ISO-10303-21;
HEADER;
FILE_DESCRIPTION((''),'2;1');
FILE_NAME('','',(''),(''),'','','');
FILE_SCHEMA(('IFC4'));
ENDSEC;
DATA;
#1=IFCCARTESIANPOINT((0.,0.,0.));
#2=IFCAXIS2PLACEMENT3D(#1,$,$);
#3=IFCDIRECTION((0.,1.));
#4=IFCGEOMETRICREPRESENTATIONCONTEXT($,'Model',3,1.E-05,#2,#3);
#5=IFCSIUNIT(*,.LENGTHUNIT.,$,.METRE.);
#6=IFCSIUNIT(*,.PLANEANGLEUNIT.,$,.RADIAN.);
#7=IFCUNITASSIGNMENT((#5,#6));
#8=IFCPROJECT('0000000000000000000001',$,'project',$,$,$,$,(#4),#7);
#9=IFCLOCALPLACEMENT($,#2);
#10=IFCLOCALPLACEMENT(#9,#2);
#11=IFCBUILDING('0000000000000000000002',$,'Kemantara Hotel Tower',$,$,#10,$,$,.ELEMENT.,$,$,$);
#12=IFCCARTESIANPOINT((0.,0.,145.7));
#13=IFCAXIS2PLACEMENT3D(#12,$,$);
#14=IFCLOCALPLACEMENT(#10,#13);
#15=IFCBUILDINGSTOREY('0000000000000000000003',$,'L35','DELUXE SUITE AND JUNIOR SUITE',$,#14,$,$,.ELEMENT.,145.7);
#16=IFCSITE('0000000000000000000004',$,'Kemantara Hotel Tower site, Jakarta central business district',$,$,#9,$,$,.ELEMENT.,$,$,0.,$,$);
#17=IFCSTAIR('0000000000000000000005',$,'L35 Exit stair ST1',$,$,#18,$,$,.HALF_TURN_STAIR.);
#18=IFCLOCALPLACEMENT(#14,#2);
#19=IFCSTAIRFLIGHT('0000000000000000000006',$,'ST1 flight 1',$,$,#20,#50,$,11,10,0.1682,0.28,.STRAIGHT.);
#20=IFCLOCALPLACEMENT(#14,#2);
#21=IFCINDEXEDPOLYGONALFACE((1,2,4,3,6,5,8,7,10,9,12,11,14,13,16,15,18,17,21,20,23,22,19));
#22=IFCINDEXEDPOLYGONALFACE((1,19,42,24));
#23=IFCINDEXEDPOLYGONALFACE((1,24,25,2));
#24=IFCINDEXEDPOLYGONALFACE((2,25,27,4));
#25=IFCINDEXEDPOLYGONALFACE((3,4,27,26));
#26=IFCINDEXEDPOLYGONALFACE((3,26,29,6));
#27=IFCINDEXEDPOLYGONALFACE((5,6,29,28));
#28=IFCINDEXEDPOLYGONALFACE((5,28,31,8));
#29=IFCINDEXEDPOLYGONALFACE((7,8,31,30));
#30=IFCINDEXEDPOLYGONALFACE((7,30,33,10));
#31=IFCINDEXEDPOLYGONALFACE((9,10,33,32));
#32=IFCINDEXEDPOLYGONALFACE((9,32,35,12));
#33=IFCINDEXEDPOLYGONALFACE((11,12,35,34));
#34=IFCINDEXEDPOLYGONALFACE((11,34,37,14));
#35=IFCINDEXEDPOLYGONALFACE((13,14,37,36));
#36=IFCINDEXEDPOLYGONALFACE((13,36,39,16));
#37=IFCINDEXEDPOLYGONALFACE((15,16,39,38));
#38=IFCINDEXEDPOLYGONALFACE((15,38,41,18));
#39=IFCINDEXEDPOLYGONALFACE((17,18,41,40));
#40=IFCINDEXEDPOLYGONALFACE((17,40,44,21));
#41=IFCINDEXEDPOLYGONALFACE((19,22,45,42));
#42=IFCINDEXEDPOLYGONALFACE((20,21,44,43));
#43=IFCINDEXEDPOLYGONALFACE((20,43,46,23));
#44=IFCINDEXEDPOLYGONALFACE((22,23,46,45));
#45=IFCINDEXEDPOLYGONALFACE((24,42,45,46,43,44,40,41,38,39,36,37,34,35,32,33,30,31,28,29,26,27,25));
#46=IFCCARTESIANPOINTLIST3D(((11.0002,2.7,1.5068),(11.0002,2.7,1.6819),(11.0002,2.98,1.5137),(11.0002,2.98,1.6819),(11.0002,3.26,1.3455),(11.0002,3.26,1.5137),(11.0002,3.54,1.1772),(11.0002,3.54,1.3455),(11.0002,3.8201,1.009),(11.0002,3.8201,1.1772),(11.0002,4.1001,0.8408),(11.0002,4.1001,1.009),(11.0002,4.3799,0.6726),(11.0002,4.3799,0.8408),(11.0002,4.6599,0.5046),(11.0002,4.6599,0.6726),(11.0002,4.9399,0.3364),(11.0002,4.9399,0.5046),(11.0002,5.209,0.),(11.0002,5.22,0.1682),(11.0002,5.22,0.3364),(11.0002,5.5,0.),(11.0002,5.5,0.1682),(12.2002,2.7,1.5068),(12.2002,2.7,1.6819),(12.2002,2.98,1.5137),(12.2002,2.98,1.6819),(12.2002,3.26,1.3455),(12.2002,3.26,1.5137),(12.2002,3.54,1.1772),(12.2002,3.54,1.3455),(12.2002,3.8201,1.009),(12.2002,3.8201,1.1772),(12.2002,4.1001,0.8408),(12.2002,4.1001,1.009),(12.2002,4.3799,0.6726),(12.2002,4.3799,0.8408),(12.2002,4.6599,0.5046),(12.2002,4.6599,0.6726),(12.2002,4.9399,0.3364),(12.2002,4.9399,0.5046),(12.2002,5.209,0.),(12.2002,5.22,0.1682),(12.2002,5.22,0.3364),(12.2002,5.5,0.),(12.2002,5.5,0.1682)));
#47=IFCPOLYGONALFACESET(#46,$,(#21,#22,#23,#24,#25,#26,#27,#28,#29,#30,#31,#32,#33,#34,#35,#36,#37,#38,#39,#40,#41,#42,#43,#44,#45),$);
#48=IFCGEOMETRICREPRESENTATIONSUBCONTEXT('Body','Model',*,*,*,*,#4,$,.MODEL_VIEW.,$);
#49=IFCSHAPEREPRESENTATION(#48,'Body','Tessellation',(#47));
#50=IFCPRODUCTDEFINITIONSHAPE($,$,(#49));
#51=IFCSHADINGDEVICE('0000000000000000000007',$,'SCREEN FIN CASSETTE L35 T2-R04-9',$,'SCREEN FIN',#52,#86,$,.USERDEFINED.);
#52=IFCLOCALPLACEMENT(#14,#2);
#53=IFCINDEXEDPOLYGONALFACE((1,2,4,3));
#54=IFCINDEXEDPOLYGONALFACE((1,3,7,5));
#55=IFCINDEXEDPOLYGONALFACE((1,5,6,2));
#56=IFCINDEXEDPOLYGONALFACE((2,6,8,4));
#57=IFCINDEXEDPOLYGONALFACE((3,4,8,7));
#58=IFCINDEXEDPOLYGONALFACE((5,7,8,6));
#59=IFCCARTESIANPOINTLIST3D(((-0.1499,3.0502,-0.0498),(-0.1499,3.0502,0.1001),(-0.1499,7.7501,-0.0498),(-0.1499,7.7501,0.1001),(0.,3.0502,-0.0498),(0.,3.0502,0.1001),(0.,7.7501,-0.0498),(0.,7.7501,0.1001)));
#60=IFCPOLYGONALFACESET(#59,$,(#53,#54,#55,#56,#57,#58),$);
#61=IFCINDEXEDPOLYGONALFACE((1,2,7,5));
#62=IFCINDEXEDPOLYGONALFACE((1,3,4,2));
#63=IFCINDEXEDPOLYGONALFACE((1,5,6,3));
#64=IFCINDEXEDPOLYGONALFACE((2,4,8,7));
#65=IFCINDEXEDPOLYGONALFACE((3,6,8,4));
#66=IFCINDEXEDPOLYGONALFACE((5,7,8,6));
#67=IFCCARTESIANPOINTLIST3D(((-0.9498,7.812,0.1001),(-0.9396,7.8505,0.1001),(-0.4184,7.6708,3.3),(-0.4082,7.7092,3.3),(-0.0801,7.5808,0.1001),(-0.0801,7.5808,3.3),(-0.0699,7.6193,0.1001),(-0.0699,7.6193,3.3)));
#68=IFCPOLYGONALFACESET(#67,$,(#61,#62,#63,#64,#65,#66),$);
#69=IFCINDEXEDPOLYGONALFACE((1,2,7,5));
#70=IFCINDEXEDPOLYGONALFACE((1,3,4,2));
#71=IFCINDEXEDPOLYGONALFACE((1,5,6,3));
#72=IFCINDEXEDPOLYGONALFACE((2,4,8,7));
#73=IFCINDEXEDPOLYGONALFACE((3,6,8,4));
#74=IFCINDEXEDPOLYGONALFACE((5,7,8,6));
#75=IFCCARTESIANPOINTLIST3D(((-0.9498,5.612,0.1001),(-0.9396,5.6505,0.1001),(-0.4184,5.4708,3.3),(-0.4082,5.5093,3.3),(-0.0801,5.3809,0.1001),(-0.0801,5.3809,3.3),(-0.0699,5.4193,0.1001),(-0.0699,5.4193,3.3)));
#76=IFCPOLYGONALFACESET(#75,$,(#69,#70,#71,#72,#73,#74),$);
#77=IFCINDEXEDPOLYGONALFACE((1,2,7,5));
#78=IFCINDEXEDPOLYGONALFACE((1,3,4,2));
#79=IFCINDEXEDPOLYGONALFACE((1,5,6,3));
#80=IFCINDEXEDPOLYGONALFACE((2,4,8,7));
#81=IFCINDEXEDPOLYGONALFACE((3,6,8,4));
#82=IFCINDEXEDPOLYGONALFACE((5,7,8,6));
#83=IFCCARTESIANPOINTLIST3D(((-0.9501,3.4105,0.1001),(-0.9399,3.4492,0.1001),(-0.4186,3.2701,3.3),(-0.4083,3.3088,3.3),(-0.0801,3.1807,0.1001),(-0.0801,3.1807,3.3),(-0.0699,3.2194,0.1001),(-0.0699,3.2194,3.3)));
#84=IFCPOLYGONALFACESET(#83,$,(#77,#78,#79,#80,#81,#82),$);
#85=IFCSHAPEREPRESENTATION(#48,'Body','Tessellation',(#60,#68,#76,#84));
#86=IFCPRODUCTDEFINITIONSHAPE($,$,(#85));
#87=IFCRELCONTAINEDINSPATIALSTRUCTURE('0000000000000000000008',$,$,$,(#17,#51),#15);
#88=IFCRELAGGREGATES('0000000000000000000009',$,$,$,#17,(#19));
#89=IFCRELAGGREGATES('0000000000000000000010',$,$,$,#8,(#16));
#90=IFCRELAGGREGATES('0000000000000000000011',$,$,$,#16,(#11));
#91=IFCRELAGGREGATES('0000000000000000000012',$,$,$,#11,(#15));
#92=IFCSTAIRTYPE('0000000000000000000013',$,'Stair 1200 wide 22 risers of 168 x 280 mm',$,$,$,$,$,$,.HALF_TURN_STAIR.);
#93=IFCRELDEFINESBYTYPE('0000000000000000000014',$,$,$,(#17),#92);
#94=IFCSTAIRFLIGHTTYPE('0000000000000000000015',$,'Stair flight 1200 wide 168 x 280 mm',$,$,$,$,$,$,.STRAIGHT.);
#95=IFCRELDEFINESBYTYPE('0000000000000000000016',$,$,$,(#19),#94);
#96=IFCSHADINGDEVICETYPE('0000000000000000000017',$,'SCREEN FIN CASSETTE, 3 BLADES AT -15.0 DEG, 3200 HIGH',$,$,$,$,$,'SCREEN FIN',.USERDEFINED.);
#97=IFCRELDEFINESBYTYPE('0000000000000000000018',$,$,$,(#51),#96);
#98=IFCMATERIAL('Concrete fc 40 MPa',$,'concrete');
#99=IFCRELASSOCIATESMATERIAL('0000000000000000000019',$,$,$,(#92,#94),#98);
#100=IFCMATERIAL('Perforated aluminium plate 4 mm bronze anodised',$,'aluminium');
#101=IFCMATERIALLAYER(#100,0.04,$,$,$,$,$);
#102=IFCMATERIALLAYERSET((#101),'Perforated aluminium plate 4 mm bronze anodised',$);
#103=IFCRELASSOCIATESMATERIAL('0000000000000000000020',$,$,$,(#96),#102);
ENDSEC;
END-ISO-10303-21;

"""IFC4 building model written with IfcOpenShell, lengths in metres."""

from ifc_helpers import new_model, si_unit, direction, frame, origin, origin_2d, place, context, subcontext, project, spatial, polyline, rectangle, outline, extrude, source, transform, mapped, material, layer, layer_set, type_object, element, aggregate, save


model = new_model("IFC4")

# Units and contexts
model_context = context("Model", 3, precision=1e-05, world=origin(), true_north=direction((0.0, 1.0)))
body_context = subcontext(model_context, "Body", "Model", "MODEL_VIEW")
ifc_project = project(units=[si_unit("LENGTHUNIT", "METRE"), si_unit("PLANEANGLEUNIT", "RADIAN")], contexts=[model_context])

# Site, building, storey
site_placement = place(None, origin())
site = spatial("IfcSite", under=ifc_project, at=site_placement, Name="Kemantara Hotel Tower site, Jakarta central business district", CompositionType="ELEMENT", RefElevation=0.0)
building_placement = place(site_placement, origin())
building = spatial("IfcBuilding", under=site, at=building_placement, Name="Kemantara Hotel Tower", CompositionType="ELEMENT")
storey_placement = place(building_placement, frame((0.0, 0.0, 145.7)))
storey = spatial("IfcBuildingStorey", under=building, at=storey_placement, Name="L35", Description="DELUXE SUITE AND JUNIOR SUITE", CompositionType="ELEMENT", Elevation=145.7)

# Stair, stair flight
ifc_material_1 = material(Name="Concrete fc 40 MPa", Category="concrete")
stair_type = type_object("IfcStairType", Name="Stair 1200 wide 22 risers of 168 x 280 mm", PredefinedType="HALF_TURN_STAIR", material=ifc_material_1)
stair_placement = place(storey_placement, origin())
stair = element("IfcStair", 1, at=stair_placement, inside=storey, type_object=stair_type, Name="L35 Exit stair ST1", PredefinedType="HALF_TURN_STAIR")
stair_flight_type = type_object("IfcStairFlightType", Name="Stair flight 1200 wide 168 x 280 mm", PredefinedType="STRAIGHT", material=ifc_material_1)
stair_flight_placement = place(storey_placement, frame((11.6001, 5.5, 0.0), z_axis=(0.0, 0.0, 1.0), x_axis=(0.0, -1.0, 0.0)))
stair_flight = element("IfcStairFlight", 2, at=stair_flight_placement, type_object=stair_flight_type, Name="ST1 flight 1", NumberOfRisers=11, NumberOfTreads=10, PredefinedType="STRAIGHT", RiserHeight=0.1682, TreadLength=0.28, context=body_context, shape_type="SweptSolid", body=[
    extrude(outline(polyline([(0.0, 0.0), (0.0, 0.1682), (0.28, 0.1682), (0.28, 0.3364), (0.5601, 0.3364), (0.5601, 0.5046), (0.8401, 0.5046), (0.8401, 0.6726), (1.1201, 0.6726), (1.1201, 0.8408), (1.3999, 0.8408), (1.3999, 1.009), (1.6799, 1.009), (1.6799, 1.1772), (1.96, 1.1772), (1.96, 1.3455), (2.24, 1.3455), (2.24, 1.5137), (2.52, 1.5137), (2.52, 1.6819), (2.8, 1.6819), (2.8, 1.8501), (2.8, 1.5068), (0.291, 0.0), (0.0, 0.0)])), frame((0.0, 0.6001, 0.0), z_axis=(0.0, -1.0, 0.0), x_axis=(1.0, 0.0, 0.0)), (0.0, 0.0, 1.0), 1.2),
])
aggregate(stair, [stair_flight])

# Shading device
ifc_material_2 = material(Name="Perforated aluminium plate 4 mm bronze anodised", Category="aluminium")
ifc_layer_1 = layer(ifc_material_2, 0.04)
ifc_layer_set_1 = layer_set([ifc_layer_1], Name="Perforated aluminium plate 4 mm bronze anodised")
shading_device_type = type_object("IfcShadingDeviceType", Name="SCREEN FIN CASSETTE, 3 BLADES AT -15.0 DEG, 3200 HIGH", ElementType="SCREEN FIN", PredefinedType="USERDEFINED", material=ifc_layer_set_1)
shared_shape = source(origin(), body_context, "Body", "SweptSolid", [
    extrude(rectangle(XDim=4.7, YDim=0.1499, at=origin_2d()), frame((2.2, -0.075, -0.1499), z_axis=(0.0, 0.0, 1.0), x_axis=(1.0, 0.0, 0.0)), (0.0, 0.0, 1.0), 0.1499),
    extrude(outline(polyline([(0.0, 0.0), (0.8999, 0.0), (0.3501, 3.2), (0.0, 3.2), (0.0, 0.0)])), frame((0.0193, -0.0801, 0.0), z_axis=(-0.966438, 0.256901, 0.0), x_axis=(-0.256901, -0.966438, 0.0)), (0.0, 0.0, 1.0), 0.0398),
    extrude(outline(polyline([(0.0, 0.0), (0.8999, 0.0), (0.3501, 3.2), (0.0, 3.2), (0.0, 0.0)])), frame((2.2192, -0.0801, 0.0), z_axis=(-0.966438, 0.256901, 0.0), x_axis=(-0.256901, -0.966438, 0.0)), (0.0, 0.0, 1.0), 0.0398),
    extrude(outline(polyline([(0.0, 0.0), (0.8999, 0.0), (0.3501, 3.2), (0.0, 3.2), (0.0, 0.0)])), frame((4.4194, -0.0801, 0.0), z_axis=(-0.966838, 0.255391, 0.0), x_axis=(-0.255391, -0.966838, 0.0)), (0.0, 0.0, 1.0), 0.04),
])
shading_device_placement = place(storey_placement, frame((0.0, 7.6001, 0.1001), z_axis=(0.0, 0.0, 1.0), x_axis=(0.0, -1.0, 0.0)))
element("IfcShadingDevice", 3, at=shading_device_placement, inside=storey, type_object=shading_device_type, Name="SCREEN FIN CASSETTE L35 T2-R04-9", ObjectType="SCREEN FIN", PredefinedType="USERDEFINED", context=body_context, shape_type="MappedRepresentation", body=[
    mapped(shared_shape, transform((0.0, 0.0, 0.0))),
])

save(model, "model.ifc")
